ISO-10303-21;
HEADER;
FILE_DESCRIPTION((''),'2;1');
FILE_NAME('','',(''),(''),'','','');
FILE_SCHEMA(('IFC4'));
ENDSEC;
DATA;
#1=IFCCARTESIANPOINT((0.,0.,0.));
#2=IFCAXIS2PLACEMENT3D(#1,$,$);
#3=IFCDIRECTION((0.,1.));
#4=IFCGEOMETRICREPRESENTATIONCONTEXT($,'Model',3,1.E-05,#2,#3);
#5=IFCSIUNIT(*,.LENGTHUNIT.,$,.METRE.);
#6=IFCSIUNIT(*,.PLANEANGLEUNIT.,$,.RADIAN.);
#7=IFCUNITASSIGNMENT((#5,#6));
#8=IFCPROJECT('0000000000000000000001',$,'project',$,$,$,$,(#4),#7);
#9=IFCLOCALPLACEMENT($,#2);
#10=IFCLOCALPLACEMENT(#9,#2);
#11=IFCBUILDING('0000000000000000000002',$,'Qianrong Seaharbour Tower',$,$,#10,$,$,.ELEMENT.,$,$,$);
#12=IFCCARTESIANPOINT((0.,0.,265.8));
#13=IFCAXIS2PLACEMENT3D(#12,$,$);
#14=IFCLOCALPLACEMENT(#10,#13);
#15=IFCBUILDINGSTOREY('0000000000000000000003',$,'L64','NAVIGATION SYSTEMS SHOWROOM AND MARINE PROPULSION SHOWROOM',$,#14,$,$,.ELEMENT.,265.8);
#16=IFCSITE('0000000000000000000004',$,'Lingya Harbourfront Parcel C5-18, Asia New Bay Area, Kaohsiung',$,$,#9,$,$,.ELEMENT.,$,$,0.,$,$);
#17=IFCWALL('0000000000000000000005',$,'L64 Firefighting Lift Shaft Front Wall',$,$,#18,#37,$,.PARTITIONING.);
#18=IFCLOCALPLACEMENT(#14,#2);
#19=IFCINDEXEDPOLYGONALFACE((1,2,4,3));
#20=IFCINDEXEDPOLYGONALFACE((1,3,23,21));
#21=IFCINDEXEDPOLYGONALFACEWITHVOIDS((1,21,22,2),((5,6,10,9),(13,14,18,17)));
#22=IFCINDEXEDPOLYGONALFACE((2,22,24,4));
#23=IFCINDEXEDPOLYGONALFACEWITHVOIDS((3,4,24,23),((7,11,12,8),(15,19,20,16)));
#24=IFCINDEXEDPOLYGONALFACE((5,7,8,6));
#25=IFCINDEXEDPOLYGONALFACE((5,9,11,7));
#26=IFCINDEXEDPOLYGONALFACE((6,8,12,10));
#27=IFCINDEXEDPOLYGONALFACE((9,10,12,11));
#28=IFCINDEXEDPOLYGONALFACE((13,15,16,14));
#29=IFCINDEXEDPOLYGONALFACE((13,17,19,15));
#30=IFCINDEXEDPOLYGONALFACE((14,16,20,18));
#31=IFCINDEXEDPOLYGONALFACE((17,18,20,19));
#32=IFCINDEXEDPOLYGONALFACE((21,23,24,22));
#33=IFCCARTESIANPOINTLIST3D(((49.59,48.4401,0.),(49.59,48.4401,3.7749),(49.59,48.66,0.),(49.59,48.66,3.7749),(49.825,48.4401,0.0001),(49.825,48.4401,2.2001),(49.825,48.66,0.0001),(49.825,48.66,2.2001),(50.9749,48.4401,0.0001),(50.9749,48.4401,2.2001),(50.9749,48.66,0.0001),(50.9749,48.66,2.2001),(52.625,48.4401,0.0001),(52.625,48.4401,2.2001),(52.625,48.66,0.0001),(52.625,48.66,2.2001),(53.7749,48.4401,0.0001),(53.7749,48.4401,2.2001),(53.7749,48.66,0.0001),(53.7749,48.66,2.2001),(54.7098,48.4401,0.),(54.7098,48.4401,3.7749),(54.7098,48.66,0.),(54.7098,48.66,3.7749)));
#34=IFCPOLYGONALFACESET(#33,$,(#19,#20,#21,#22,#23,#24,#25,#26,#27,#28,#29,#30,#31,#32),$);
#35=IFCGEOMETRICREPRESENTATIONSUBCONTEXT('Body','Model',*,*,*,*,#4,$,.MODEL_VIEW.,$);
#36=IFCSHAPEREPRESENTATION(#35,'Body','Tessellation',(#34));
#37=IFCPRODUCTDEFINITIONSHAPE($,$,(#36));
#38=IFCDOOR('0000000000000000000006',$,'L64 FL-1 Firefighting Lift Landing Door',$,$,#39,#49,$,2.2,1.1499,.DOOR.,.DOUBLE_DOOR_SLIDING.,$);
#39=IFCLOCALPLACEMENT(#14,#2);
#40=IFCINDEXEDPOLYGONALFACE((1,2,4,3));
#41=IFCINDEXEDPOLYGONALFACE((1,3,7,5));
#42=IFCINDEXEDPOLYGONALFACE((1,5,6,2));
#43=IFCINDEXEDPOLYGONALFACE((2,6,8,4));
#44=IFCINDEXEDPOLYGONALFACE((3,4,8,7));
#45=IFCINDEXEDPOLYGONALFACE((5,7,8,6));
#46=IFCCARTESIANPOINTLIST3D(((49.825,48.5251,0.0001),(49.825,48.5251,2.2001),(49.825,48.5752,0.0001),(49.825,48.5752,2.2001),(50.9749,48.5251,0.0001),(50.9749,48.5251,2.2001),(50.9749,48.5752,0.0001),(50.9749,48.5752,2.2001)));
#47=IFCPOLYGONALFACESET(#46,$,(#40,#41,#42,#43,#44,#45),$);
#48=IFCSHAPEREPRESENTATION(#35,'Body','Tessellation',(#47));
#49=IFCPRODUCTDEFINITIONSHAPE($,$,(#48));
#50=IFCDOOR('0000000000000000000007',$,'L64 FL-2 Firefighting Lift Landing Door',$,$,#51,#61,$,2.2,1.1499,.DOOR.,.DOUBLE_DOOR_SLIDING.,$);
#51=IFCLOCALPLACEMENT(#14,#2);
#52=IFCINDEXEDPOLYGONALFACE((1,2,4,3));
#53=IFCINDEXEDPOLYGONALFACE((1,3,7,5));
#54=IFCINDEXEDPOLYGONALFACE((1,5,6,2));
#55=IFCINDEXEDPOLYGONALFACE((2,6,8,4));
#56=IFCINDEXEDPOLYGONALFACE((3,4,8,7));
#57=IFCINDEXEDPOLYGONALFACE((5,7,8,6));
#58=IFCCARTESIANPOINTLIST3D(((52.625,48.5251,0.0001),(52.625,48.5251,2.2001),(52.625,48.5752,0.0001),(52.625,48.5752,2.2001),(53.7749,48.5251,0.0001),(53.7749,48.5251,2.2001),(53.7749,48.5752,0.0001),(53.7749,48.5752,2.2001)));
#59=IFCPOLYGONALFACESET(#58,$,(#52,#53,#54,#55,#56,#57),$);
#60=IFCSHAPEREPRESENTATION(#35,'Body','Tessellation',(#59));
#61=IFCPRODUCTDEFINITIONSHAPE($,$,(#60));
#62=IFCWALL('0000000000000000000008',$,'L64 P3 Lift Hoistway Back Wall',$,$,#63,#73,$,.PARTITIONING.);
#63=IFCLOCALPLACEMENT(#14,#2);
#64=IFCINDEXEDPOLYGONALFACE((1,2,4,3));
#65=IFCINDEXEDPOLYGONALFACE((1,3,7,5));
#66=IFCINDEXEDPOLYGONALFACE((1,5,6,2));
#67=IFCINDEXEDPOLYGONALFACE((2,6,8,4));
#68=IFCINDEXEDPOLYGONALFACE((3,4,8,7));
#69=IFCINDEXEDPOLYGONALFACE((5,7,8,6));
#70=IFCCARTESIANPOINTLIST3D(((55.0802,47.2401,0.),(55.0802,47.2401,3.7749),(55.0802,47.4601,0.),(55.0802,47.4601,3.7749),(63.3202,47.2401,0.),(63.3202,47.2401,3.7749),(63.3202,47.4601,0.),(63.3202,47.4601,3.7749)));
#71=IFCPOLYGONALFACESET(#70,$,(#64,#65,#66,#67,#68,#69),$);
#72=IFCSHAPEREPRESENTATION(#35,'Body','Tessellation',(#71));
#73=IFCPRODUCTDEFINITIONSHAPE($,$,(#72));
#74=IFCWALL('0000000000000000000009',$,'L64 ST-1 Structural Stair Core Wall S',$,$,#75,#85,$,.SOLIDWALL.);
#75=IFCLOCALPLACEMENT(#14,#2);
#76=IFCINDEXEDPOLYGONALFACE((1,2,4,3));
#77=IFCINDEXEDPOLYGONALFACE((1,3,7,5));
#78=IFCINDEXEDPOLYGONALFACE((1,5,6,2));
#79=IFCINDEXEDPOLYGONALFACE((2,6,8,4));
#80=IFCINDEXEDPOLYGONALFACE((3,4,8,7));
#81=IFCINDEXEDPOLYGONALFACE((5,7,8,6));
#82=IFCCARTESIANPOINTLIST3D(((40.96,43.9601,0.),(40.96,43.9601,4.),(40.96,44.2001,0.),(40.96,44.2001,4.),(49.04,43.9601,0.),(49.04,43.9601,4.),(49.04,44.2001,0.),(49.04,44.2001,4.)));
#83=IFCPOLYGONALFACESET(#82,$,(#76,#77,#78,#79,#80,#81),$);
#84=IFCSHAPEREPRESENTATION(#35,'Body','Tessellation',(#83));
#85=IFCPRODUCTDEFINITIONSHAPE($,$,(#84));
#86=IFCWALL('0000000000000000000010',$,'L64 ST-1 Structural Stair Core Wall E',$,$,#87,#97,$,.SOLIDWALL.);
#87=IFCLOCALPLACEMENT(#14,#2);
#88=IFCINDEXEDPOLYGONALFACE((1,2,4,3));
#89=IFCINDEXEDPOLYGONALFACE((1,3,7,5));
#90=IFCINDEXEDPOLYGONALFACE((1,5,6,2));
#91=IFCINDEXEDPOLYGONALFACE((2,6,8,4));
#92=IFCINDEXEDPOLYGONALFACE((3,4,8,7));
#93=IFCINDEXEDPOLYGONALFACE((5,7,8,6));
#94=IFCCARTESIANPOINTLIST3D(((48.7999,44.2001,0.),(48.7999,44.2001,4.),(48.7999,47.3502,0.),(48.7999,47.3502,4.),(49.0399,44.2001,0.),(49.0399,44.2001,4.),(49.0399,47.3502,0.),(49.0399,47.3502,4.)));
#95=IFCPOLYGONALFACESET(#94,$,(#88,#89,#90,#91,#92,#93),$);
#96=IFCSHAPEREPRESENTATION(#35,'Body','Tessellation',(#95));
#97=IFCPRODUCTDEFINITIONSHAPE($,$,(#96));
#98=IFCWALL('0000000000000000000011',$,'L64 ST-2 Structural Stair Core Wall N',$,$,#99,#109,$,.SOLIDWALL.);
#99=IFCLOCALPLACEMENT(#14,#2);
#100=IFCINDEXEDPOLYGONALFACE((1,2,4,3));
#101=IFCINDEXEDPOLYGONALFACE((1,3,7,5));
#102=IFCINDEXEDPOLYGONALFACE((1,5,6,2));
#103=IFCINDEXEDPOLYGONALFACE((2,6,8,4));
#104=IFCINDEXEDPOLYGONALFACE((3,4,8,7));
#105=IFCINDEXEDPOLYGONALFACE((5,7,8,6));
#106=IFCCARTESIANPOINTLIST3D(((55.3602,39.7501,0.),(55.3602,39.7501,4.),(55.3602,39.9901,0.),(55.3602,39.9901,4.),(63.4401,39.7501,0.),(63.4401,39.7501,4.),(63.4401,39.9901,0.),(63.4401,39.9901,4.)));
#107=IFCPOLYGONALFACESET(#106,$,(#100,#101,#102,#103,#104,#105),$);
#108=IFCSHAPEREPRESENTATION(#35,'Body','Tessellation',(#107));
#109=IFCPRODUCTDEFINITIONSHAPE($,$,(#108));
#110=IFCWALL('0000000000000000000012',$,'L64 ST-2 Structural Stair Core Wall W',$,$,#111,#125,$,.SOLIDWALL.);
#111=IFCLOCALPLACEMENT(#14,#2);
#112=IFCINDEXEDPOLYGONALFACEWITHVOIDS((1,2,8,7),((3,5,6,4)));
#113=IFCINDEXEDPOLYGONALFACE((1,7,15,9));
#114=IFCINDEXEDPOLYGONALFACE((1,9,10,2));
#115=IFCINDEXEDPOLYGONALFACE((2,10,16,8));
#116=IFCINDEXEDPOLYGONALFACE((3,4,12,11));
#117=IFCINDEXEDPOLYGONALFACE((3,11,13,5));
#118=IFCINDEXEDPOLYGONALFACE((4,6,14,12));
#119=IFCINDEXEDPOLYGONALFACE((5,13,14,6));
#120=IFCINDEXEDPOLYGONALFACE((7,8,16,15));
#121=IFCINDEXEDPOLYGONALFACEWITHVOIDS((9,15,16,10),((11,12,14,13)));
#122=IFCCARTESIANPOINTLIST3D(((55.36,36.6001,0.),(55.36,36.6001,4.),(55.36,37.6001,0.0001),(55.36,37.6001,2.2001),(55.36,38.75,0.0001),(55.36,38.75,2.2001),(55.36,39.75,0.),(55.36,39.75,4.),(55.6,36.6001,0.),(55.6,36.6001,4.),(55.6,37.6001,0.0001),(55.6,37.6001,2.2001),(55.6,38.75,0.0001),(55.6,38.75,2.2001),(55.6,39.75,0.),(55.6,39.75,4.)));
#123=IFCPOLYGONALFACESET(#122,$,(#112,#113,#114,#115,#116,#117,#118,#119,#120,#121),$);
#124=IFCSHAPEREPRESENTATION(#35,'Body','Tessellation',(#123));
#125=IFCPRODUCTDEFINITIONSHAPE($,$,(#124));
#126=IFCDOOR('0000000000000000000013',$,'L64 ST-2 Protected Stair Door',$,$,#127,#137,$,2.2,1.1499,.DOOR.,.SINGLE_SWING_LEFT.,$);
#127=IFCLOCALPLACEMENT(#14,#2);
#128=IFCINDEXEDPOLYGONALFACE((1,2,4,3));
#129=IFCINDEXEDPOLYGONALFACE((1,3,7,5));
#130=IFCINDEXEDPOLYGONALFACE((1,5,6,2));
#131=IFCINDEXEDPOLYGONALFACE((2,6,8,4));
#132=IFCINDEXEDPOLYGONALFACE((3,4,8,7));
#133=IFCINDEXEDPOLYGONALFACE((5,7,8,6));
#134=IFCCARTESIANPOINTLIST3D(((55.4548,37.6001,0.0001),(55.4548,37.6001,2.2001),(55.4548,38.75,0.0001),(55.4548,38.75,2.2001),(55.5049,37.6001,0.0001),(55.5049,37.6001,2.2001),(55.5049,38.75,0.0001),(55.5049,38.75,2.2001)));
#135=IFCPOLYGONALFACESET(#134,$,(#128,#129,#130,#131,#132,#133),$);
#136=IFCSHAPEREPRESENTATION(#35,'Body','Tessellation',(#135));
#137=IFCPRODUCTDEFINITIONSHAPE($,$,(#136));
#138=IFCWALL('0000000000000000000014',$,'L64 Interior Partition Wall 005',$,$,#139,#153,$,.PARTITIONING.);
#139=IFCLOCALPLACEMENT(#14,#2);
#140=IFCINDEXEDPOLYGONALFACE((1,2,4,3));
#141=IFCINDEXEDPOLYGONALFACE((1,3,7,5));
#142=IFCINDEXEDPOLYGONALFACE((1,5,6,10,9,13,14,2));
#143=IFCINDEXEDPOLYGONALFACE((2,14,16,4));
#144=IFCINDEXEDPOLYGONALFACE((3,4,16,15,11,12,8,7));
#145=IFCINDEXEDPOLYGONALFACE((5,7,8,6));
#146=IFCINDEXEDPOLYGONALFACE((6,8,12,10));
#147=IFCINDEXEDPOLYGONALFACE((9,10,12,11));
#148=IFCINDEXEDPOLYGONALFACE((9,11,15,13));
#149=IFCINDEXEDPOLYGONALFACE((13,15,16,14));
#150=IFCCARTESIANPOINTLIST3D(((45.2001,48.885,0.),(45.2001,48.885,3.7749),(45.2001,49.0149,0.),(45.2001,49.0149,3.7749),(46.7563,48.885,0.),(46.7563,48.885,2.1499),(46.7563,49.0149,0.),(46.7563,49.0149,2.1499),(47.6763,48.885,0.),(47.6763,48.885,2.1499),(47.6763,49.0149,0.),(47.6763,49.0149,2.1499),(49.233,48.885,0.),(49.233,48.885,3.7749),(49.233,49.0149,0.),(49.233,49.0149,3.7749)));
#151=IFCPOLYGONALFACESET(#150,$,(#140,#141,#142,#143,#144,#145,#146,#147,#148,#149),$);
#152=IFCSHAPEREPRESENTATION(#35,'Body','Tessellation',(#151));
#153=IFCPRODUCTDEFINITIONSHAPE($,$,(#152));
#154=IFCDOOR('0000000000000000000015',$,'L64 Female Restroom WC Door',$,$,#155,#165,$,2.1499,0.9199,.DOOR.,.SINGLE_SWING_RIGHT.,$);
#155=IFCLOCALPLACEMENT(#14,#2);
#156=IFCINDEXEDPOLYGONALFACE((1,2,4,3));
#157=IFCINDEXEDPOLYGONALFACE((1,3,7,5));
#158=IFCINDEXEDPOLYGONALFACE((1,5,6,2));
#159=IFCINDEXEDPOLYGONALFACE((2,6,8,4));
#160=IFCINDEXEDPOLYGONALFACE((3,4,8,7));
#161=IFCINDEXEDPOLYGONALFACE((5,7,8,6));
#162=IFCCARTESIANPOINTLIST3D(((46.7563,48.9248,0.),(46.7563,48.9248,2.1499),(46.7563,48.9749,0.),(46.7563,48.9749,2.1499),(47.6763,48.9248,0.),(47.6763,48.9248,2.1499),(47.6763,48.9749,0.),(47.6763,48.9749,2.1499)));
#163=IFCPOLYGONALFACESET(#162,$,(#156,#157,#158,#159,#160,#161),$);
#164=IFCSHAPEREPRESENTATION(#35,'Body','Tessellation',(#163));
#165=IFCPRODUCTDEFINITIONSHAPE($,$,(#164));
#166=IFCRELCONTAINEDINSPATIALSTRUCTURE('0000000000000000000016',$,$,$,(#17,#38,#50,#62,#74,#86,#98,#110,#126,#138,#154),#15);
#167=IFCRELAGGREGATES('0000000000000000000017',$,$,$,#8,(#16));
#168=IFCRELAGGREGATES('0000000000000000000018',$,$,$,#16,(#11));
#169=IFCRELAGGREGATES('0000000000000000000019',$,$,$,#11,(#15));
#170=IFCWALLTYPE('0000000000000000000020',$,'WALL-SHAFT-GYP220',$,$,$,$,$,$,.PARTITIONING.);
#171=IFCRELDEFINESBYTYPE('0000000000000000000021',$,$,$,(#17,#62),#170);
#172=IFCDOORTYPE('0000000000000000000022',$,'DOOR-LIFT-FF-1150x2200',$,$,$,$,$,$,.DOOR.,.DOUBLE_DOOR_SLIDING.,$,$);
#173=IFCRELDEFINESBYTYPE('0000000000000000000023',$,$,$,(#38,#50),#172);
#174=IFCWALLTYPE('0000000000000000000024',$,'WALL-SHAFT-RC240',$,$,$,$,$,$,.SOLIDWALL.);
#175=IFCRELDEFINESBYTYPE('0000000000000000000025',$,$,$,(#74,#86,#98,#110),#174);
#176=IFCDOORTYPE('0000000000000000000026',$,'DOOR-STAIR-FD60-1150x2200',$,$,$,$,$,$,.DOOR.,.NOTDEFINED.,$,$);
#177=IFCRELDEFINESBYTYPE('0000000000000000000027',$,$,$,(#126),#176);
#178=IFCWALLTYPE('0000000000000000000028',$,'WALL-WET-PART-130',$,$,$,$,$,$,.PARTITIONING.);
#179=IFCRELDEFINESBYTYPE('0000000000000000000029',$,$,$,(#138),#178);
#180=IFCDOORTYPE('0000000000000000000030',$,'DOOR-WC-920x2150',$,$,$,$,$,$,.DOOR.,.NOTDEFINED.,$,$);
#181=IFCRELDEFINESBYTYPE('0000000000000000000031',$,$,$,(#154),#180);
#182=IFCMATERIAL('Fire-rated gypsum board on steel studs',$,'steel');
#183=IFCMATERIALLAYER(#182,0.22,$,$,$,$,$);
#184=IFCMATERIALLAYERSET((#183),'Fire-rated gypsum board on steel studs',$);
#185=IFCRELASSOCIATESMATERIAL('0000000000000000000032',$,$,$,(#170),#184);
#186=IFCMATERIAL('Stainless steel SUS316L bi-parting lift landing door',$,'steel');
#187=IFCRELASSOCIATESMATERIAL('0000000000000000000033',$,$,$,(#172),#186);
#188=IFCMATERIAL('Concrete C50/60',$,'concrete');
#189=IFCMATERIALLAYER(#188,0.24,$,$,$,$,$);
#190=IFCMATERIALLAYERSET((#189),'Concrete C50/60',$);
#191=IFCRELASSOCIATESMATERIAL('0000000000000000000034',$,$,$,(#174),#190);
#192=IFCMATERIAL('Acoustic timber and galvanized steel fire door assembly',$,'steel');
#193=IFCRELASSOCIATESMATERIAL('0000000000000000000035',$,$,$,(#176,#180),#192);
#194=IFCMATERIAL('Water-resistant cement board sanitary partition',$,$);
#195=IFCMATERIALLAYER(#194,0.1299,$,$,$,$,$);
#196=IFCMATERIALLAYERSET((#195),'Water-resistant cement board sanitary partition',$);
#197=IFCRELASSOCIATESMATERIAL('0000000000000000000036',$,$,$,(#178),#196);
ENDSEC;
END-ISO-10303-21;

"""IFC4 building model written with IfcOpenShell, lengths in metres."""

from ifc_helpers import new_model, si_unit, direction, frame, frame_2d, origin, place, context, subcontext, project, spatial, rectangle, extrude, material, layer, layer_set, type_object, element, fill, save


model = new_model("IFC4")

# Units and contexts
model_context = context("Model", 3, precision=1e-05, world=origin(), true_north=direction((0.0, 1.0)))
body_context = subcontext(model_context, "Body", "Model", "MODEL_VIEW")
ifc_project = project(units=[si_unit("LENGTHUNIT", "METRE"), si_unit("PLANEANGLEUNIT", "RADIAN")], contexts=[model_context])

# Site, building, storey
site_placement = place(None, origin())
site = spatial("IfcSite", under=ifc_project, at=site_placement, Name="Lingya Harbourfront Parcel C5-18, Asia New Bay Area, Kaohsiung", CompositionType="ELEMENT", RefElevation=0.0)
building_placement = place(site_placement, origin())
building = spatial("IfcBuilding", under=site, at=building_placement, Name="Qianrong Seaharbour Tower", CompositionType="ELEMENT")
storey_placement = place(building_placement, frame((0.0, 0.0, 265.8)))
storey = spatial("IfcBuildingStorey", under=building, at=storey_placement, Name="L64", Description="NAVIGATION SYSTEMS SHOWROOM AND MARINE PROPULSION SHOWROOM", CompositionType="ELEMENT", Elevation=265.8)

# Shared definitions
ifc_material_1 = material(Name="Concrete C50/60", Category="concrete")

# Shared definitions
ifc_material_2 = material(Name="Acoustic timber and galvanized steel fire door assembly", Category="steel")

# Shared definitions
ifc_material_3 = material(Name="Fire-rated gypsum board on steel studs", Category="steel")

# Wall, openings, doors
ifc_layer_1 = layer(ifc_material_3, 0.22)
ifc_layer_set_1 = layer_set([ifc_layer_1], Name="Fire-rated gypsum board on steel studs")
wall_type_1 = type_object("IfcWallType", Name="WALL-SHAFT-GYP220", PredefinedType="PARTITIONING", material=ifc_layer_set_1)
wall_1_placement = place(storey_placement, frame((54.71, 48.55, 0.0), z_axis=(0.0, 0.0, 1.0), x_axis=(-1.0, 0.0, 0.0)))
wall_1 = element("IfcWall", 1, at=wall_1_placement, inside=storey, type_object=wall_type_1, Name="L64 Firefighting Lift Shaft Front Wall", PredefinedType="PARTITIONING", context=body_context, shape_type="SweptSolid", body=[
    extrude(rectangle(XDim=5.1199, YDim=0.22, at=frame_2d((2.5601, 0.0))), origin(), (0.0, 0.0, 1.0), 3.7749),
])
opening_1_placement = place(wall_1_placement, frame((3.7351, 0.0, 0.0)))
opening_1 = element("IfcOpeningElement", 2, at=opening_1_placement, cuts=wall_1, PredefinedType="OPENING", context=body_context, shape_type="SweptSolid", body=[
    extrude(rectangle(XDim=1.1499, YDim=2.2, at=frame_2d((0.575, 1.1001))), frame((0.0, 0.1201, 0.0), z_axis=(0.0, -1.0, 0.0), x_axis=(1.0, 0.0, 0.0)), (0.0, 0.0, 1.0), 0.24),
])
opening_2_placement = place(wall_1_placement, frame((0.9351, 0.0, 0.0)))
opening_2 = element("IfcOpeningElement", 3, at=opening_2_placement, cuts=wall_1, PredefinedType="OPENING", context=body_context, shape_type="SweptSolid", body=[
    extrude(rectangle(XDim=1.1499, YDim=2.2, at=frame_2d((0.575, 1.1001))), frame((0.0, 0.1201, 0.0), z_axis=(0.0, -1.0, 0.0), x_axis=(1.0, 0.0, 0.0)), (0.0, 0.0, 1.0), 0.24),
])
ifc_material_4 = material(Name="Stainless steel SUS316L bi-parting lift landing door", Category="steel")
door_type_1 = type_object("IfcDoorType", Name="DOOR-LIFT-FF-1150x2200", OperationType="DOUBLE_DOOR_SLIDING", PredefinedType="DOOR", material=ifc_material_4)
door_1_placement = place(opening_1_placement, origin())
door_1 = element("IfcDoor", 4, at=door_1_placement, inside=storey, type_object=door_type_1, Name="L64 FL-1 Firefighting Lift Landing Door", OperationType="DOUBLE_DOOR_SLIDING", OverallHeight=2.2, OverallWidth=1.1499, PredefinedType="DOOR", context=body_context, shape_type="SweptSolid", body=[
    extrude(rectangle(XDim=1.1499, YDim=2.2, at=frame_2d((0.575, 1.1001))), frame((0.0, 0.0249, 0.0), z_axis=(0.0, -1.0, 0.0), x_axis=(1.0, 0.0, 0.0)), (0.0, 0.0, 1.0), 0.05),
])
fill(opening_1, door_1)
door_2_placement = place(opening_2_placement, origin())
door_2 = element("IfcDoor", 5, at=door_2_placement, inside=storey, type_object=door_type_1, Name="L64 FL-2 Firefighting Lift Landing Door", OperationType="DOUBLE_DOOR_SLIDING", OverallHeight=2.2, OverallWidth=1.1499, PredefinedType="DOOR", context=body_context, shape_type="SweptSolid", body=[
    extrude(rectangle(XDim=1.1499, YDim=2.2, at=frame_2d((0.575, 1.1001))), frame((0.0, 0.0249, 0.0), z_axis=(0.0, -1.0, 0.0), x_axis=(1.0, 0.0, 0.0)), (0.0, 0.0, 1.0), 0.05),
])
fill(opening_2, door_2)

# Walls
wall_2_placement = place(storey_placement, frame((55.0801, 47.3501, 0.0), z_axis=(0.0, 0.0, 1.0), x_axis=(1.0, 0.0, 0.0)))
element("IfcWall", 6, at=wall_2_placement, inside=storey, type_object=wall_type_1, Name="L64 P3 Lift Hoistway Back Wall", PredefinedType="PARTITIONING", context=body_context, shape_type="SweptSolid", body=[
    extrude(rectangle(XDim=8.24, YDim=0.22, at=frame_2d((4.1201, 0.0))), origin(), (0.0, 0.0, 1.0), 3.7749),
])
ifc_layer_2 = layer(ifc_material_1, 0.24)
ifc_layer_set_2 = layer_set([ifc_layer_2], Name="Concrete C50/60")
wall_type_2 = type_object("IfcWallType", Name="WALL-SHAFT-RC240", PredefinedType="SOLIDWALL", material=ifc_layer_set_2)
wall_3_placement = place(storey_placement, frame((49.04, 44.0801, 0.0), z_axis=(0.0, 0.0, 1.0), x_axis=(-1.0, 0.0, 0.0)))
element("IfcWall", 7, at=wall_3_placement, inside=storey, type_object=wall_type_2, Name="L64 ST-1 Structural Stair Core Wall S", PredefinedType="SOLIDWALL", context=body_context, shape_type="SweptSolid", body=[
    extrude(rectangle(XDim=8.0801, YDim=0.24, at=frame_2d((4.04, 0.0))), origin(), (0.0, 0.0, 1.0), 4.0),
])
wall_4_placement = place(storey_placement, frame((48.9199, 44.2, 0.0), z_axis=(0.0, 0.0, 1.0), x_axis=(0.0, 1.0, 0.0)))
element("IfcWall", 8, at=wall_4_placement, inside=storey, type_object=wall_type_2, Name="L64 ST-1 Structural Stair Core Wall E", PredefinedType="SOLIDWALL", context=body_context, shape_type="SweptSolid", body=[
    extrude(rectangle(XDim=3.1501, YDim=0.24, at=frame_2d((1.5752, 0.0))), origin(), (0.0, 0.0, 1.0), 4.0),
])
wall_5_placement = place(storey_placement, frame((55.3601, 39.8701, 0.0), z_axis=(0.0, 0.0, 1.0), x_axis=(1.0, 0.0, 0.0)))
element("IfcWall", 9, at=wall_5_placement, inside=storey, type_object=wall_type_2, Name="L64 ST-2 Structural Stair Core Wall N", PredefinedType="SOLIDWALL", context=body_context, shape_type="SweptSolid", body=[
    extrude(rectangle(XDim=8.0798, YDim=0.24, at=frame_2d((4.04, 0.0))), origin(), (0.0, 0.0, 1.0), 4.0),
])

# Walls, openings, doors
wall_6_placement = place(storey_placement, frame((55.48, 39.75, 0.0), z_axis=(0.0, 0.0, 1.0), x_axis=(0.0, -1.0, 0.0)))
wall_6 = element("IfcWall", 10, at=wall_6_placement, inside=storey, type_object=wall_type_2, Name="L64 ST-2 Structural Stair Core Wall W", PredefinedType="SOLIDWALL", context=body_context, shape_type="SweptSolid", body=[
    extrude(rectangle(XDim=3.1499, YDim=0.24, at=frame_2d((1.575, 0.0))), origin(), (0.0, 0.0, 1.0), 4.0),
])
opening_3_placement = place(wall_6_placement, frame((1.0, 0.0, 0.0)))
opening_3 = element("IfcOpeningElement", 11, at=opening_3_placement, cuts=wall_6, PredefinedType="OPENING", context=body_context, shape_type="SweptSolid", body=[
    extrude(rectangle(XDim=1.1499, YDim=2.2, at=frame_2d((0.575, 1.1001))), frame((0.0, 0.1299, 0.0), z_axis=(0.0, -1.0, 0.0), x_axis=(1.0, 0.0, 0.0)), (0.0, 0.0, 1.0), 0.26),
])
door_type_2 = type_object("IfcDoorType", Name="DOOR-STAIR-FD60-1150x2200", OperationType="NOTDEFINED", PredefinedType="DOOR", material=ifc_material_2)
door_3_placement = place(opening_3_placement, origin())
door_3 = element("IfcDoor", 12, at=door_3_placement, inside=storey, type_object=door_type_2, Name="L64 ST-2 Protected Stair Door", OperationType="SINGLE_SWING_LEFT", OverallHeight=2.2, OverallWidth=1.1499, PredefinedType="DOOR", context=body_context, shape_type="SweptSolid", body=[
    extrude(rectangle(XDim=1.1499, YDim=2.2, at=frame_2d((0.575, 1.1001))), frame((0.0, 0.0249, 0.0), z_axis=(0.0, -1.0, 0.0), x_axis=(1.0, 0.0, 0.0)), (0.0, 0.0, 1.0), 0.05),
])
fill(opening_3, door_3)
ifc_material_5 = material(Name="Water-resistant cement board sanitary partition")
ifc_layer_3 = layer(ifc_material_5, 0.1299)
ifc_layer_set_3 = layer_set([ifc_layer_3], Name="Water-resistant cement board sanitary partition")
wall_type_3 = type_object("IfcWallType", Name="WALL-WET-PART-130", PredefinedType="PARTITIONING", material=ifc_layer_set_3)
wall_7_placement = place(storey_placement, frame((45.2, 48.95, 0.0), z_axis=(0.0, 0.0, 1.0), x_axis=(1.0, 0.0, 0.0)))
wall_7 = element("IfcWall", 13, at=wall_7_placement, inside=storey, type_object=wall_type_3, Name="L64 Interior Partition Wall 005", PredefinedType="PARTITIONING", context=body_context, shape_type="SweptSolid", body=[
    extrude(rectangle(XDim=4.033, YDim=0.1299, at=frame_2d((2.0166, 0.0))), origin(), (0.0, 0.0, 1.0), 3.7749),
])
opening_4_placement = place(wall_7_placement, frame((1.5564, 0.0, 0.0)))
opening_4 = element("IfcOpeningElement", 14, at=opening_4_placement, cuts=wall_7, PredefinedType="OPENING", context=body_context, shape_type="SweptSolid", body=[
    extrude(rectangle(XDim=0.9199, YDim=2.1499, at=frame_2d((0.46, 1.075))), frame((0.0, 0.075, 0.0), z_axis=(0.0, -1.0, 0.0), x_axis=(1.0, 0.0, 0.0)), (0.0, 0.0, 1.0), 0.1499),
])
door_type_3 = type_object("IfcDoorType", Name="DOOR-WC-920x2150", OperationType="NOTDEFINED", PredefinedType="DOOR", material=ifc_material_2)
door_4_placement = place(opening_4_placement, origin())
door_4 = element("IfcDoor", 15, at=door_4_placement, inside=storey, type_object=door_type_3, Name="L64 Female Restroom WC Door", OperationType="SINGLE_SWING_RIGHT", OverallHeight=2.1499, OverallWidth=0.9199, PredefinedType="DOOR", context=body_context, shape_type="SweptSolid", body=[
    extrude(rectangle(XDim=0.9199, YDim=2.1499, at=frame_2d((0.46, 1.075))), frame((0.0, 0.0249, 0.0), z_axis=(0.0, -1.0, 0.0), x_axis=(1.0, 0.0, 0.0)), (0.0, 0.0, 1.0), 0.05),
])
fill(opening_4, door_4)

save(model, "model.ifc")
